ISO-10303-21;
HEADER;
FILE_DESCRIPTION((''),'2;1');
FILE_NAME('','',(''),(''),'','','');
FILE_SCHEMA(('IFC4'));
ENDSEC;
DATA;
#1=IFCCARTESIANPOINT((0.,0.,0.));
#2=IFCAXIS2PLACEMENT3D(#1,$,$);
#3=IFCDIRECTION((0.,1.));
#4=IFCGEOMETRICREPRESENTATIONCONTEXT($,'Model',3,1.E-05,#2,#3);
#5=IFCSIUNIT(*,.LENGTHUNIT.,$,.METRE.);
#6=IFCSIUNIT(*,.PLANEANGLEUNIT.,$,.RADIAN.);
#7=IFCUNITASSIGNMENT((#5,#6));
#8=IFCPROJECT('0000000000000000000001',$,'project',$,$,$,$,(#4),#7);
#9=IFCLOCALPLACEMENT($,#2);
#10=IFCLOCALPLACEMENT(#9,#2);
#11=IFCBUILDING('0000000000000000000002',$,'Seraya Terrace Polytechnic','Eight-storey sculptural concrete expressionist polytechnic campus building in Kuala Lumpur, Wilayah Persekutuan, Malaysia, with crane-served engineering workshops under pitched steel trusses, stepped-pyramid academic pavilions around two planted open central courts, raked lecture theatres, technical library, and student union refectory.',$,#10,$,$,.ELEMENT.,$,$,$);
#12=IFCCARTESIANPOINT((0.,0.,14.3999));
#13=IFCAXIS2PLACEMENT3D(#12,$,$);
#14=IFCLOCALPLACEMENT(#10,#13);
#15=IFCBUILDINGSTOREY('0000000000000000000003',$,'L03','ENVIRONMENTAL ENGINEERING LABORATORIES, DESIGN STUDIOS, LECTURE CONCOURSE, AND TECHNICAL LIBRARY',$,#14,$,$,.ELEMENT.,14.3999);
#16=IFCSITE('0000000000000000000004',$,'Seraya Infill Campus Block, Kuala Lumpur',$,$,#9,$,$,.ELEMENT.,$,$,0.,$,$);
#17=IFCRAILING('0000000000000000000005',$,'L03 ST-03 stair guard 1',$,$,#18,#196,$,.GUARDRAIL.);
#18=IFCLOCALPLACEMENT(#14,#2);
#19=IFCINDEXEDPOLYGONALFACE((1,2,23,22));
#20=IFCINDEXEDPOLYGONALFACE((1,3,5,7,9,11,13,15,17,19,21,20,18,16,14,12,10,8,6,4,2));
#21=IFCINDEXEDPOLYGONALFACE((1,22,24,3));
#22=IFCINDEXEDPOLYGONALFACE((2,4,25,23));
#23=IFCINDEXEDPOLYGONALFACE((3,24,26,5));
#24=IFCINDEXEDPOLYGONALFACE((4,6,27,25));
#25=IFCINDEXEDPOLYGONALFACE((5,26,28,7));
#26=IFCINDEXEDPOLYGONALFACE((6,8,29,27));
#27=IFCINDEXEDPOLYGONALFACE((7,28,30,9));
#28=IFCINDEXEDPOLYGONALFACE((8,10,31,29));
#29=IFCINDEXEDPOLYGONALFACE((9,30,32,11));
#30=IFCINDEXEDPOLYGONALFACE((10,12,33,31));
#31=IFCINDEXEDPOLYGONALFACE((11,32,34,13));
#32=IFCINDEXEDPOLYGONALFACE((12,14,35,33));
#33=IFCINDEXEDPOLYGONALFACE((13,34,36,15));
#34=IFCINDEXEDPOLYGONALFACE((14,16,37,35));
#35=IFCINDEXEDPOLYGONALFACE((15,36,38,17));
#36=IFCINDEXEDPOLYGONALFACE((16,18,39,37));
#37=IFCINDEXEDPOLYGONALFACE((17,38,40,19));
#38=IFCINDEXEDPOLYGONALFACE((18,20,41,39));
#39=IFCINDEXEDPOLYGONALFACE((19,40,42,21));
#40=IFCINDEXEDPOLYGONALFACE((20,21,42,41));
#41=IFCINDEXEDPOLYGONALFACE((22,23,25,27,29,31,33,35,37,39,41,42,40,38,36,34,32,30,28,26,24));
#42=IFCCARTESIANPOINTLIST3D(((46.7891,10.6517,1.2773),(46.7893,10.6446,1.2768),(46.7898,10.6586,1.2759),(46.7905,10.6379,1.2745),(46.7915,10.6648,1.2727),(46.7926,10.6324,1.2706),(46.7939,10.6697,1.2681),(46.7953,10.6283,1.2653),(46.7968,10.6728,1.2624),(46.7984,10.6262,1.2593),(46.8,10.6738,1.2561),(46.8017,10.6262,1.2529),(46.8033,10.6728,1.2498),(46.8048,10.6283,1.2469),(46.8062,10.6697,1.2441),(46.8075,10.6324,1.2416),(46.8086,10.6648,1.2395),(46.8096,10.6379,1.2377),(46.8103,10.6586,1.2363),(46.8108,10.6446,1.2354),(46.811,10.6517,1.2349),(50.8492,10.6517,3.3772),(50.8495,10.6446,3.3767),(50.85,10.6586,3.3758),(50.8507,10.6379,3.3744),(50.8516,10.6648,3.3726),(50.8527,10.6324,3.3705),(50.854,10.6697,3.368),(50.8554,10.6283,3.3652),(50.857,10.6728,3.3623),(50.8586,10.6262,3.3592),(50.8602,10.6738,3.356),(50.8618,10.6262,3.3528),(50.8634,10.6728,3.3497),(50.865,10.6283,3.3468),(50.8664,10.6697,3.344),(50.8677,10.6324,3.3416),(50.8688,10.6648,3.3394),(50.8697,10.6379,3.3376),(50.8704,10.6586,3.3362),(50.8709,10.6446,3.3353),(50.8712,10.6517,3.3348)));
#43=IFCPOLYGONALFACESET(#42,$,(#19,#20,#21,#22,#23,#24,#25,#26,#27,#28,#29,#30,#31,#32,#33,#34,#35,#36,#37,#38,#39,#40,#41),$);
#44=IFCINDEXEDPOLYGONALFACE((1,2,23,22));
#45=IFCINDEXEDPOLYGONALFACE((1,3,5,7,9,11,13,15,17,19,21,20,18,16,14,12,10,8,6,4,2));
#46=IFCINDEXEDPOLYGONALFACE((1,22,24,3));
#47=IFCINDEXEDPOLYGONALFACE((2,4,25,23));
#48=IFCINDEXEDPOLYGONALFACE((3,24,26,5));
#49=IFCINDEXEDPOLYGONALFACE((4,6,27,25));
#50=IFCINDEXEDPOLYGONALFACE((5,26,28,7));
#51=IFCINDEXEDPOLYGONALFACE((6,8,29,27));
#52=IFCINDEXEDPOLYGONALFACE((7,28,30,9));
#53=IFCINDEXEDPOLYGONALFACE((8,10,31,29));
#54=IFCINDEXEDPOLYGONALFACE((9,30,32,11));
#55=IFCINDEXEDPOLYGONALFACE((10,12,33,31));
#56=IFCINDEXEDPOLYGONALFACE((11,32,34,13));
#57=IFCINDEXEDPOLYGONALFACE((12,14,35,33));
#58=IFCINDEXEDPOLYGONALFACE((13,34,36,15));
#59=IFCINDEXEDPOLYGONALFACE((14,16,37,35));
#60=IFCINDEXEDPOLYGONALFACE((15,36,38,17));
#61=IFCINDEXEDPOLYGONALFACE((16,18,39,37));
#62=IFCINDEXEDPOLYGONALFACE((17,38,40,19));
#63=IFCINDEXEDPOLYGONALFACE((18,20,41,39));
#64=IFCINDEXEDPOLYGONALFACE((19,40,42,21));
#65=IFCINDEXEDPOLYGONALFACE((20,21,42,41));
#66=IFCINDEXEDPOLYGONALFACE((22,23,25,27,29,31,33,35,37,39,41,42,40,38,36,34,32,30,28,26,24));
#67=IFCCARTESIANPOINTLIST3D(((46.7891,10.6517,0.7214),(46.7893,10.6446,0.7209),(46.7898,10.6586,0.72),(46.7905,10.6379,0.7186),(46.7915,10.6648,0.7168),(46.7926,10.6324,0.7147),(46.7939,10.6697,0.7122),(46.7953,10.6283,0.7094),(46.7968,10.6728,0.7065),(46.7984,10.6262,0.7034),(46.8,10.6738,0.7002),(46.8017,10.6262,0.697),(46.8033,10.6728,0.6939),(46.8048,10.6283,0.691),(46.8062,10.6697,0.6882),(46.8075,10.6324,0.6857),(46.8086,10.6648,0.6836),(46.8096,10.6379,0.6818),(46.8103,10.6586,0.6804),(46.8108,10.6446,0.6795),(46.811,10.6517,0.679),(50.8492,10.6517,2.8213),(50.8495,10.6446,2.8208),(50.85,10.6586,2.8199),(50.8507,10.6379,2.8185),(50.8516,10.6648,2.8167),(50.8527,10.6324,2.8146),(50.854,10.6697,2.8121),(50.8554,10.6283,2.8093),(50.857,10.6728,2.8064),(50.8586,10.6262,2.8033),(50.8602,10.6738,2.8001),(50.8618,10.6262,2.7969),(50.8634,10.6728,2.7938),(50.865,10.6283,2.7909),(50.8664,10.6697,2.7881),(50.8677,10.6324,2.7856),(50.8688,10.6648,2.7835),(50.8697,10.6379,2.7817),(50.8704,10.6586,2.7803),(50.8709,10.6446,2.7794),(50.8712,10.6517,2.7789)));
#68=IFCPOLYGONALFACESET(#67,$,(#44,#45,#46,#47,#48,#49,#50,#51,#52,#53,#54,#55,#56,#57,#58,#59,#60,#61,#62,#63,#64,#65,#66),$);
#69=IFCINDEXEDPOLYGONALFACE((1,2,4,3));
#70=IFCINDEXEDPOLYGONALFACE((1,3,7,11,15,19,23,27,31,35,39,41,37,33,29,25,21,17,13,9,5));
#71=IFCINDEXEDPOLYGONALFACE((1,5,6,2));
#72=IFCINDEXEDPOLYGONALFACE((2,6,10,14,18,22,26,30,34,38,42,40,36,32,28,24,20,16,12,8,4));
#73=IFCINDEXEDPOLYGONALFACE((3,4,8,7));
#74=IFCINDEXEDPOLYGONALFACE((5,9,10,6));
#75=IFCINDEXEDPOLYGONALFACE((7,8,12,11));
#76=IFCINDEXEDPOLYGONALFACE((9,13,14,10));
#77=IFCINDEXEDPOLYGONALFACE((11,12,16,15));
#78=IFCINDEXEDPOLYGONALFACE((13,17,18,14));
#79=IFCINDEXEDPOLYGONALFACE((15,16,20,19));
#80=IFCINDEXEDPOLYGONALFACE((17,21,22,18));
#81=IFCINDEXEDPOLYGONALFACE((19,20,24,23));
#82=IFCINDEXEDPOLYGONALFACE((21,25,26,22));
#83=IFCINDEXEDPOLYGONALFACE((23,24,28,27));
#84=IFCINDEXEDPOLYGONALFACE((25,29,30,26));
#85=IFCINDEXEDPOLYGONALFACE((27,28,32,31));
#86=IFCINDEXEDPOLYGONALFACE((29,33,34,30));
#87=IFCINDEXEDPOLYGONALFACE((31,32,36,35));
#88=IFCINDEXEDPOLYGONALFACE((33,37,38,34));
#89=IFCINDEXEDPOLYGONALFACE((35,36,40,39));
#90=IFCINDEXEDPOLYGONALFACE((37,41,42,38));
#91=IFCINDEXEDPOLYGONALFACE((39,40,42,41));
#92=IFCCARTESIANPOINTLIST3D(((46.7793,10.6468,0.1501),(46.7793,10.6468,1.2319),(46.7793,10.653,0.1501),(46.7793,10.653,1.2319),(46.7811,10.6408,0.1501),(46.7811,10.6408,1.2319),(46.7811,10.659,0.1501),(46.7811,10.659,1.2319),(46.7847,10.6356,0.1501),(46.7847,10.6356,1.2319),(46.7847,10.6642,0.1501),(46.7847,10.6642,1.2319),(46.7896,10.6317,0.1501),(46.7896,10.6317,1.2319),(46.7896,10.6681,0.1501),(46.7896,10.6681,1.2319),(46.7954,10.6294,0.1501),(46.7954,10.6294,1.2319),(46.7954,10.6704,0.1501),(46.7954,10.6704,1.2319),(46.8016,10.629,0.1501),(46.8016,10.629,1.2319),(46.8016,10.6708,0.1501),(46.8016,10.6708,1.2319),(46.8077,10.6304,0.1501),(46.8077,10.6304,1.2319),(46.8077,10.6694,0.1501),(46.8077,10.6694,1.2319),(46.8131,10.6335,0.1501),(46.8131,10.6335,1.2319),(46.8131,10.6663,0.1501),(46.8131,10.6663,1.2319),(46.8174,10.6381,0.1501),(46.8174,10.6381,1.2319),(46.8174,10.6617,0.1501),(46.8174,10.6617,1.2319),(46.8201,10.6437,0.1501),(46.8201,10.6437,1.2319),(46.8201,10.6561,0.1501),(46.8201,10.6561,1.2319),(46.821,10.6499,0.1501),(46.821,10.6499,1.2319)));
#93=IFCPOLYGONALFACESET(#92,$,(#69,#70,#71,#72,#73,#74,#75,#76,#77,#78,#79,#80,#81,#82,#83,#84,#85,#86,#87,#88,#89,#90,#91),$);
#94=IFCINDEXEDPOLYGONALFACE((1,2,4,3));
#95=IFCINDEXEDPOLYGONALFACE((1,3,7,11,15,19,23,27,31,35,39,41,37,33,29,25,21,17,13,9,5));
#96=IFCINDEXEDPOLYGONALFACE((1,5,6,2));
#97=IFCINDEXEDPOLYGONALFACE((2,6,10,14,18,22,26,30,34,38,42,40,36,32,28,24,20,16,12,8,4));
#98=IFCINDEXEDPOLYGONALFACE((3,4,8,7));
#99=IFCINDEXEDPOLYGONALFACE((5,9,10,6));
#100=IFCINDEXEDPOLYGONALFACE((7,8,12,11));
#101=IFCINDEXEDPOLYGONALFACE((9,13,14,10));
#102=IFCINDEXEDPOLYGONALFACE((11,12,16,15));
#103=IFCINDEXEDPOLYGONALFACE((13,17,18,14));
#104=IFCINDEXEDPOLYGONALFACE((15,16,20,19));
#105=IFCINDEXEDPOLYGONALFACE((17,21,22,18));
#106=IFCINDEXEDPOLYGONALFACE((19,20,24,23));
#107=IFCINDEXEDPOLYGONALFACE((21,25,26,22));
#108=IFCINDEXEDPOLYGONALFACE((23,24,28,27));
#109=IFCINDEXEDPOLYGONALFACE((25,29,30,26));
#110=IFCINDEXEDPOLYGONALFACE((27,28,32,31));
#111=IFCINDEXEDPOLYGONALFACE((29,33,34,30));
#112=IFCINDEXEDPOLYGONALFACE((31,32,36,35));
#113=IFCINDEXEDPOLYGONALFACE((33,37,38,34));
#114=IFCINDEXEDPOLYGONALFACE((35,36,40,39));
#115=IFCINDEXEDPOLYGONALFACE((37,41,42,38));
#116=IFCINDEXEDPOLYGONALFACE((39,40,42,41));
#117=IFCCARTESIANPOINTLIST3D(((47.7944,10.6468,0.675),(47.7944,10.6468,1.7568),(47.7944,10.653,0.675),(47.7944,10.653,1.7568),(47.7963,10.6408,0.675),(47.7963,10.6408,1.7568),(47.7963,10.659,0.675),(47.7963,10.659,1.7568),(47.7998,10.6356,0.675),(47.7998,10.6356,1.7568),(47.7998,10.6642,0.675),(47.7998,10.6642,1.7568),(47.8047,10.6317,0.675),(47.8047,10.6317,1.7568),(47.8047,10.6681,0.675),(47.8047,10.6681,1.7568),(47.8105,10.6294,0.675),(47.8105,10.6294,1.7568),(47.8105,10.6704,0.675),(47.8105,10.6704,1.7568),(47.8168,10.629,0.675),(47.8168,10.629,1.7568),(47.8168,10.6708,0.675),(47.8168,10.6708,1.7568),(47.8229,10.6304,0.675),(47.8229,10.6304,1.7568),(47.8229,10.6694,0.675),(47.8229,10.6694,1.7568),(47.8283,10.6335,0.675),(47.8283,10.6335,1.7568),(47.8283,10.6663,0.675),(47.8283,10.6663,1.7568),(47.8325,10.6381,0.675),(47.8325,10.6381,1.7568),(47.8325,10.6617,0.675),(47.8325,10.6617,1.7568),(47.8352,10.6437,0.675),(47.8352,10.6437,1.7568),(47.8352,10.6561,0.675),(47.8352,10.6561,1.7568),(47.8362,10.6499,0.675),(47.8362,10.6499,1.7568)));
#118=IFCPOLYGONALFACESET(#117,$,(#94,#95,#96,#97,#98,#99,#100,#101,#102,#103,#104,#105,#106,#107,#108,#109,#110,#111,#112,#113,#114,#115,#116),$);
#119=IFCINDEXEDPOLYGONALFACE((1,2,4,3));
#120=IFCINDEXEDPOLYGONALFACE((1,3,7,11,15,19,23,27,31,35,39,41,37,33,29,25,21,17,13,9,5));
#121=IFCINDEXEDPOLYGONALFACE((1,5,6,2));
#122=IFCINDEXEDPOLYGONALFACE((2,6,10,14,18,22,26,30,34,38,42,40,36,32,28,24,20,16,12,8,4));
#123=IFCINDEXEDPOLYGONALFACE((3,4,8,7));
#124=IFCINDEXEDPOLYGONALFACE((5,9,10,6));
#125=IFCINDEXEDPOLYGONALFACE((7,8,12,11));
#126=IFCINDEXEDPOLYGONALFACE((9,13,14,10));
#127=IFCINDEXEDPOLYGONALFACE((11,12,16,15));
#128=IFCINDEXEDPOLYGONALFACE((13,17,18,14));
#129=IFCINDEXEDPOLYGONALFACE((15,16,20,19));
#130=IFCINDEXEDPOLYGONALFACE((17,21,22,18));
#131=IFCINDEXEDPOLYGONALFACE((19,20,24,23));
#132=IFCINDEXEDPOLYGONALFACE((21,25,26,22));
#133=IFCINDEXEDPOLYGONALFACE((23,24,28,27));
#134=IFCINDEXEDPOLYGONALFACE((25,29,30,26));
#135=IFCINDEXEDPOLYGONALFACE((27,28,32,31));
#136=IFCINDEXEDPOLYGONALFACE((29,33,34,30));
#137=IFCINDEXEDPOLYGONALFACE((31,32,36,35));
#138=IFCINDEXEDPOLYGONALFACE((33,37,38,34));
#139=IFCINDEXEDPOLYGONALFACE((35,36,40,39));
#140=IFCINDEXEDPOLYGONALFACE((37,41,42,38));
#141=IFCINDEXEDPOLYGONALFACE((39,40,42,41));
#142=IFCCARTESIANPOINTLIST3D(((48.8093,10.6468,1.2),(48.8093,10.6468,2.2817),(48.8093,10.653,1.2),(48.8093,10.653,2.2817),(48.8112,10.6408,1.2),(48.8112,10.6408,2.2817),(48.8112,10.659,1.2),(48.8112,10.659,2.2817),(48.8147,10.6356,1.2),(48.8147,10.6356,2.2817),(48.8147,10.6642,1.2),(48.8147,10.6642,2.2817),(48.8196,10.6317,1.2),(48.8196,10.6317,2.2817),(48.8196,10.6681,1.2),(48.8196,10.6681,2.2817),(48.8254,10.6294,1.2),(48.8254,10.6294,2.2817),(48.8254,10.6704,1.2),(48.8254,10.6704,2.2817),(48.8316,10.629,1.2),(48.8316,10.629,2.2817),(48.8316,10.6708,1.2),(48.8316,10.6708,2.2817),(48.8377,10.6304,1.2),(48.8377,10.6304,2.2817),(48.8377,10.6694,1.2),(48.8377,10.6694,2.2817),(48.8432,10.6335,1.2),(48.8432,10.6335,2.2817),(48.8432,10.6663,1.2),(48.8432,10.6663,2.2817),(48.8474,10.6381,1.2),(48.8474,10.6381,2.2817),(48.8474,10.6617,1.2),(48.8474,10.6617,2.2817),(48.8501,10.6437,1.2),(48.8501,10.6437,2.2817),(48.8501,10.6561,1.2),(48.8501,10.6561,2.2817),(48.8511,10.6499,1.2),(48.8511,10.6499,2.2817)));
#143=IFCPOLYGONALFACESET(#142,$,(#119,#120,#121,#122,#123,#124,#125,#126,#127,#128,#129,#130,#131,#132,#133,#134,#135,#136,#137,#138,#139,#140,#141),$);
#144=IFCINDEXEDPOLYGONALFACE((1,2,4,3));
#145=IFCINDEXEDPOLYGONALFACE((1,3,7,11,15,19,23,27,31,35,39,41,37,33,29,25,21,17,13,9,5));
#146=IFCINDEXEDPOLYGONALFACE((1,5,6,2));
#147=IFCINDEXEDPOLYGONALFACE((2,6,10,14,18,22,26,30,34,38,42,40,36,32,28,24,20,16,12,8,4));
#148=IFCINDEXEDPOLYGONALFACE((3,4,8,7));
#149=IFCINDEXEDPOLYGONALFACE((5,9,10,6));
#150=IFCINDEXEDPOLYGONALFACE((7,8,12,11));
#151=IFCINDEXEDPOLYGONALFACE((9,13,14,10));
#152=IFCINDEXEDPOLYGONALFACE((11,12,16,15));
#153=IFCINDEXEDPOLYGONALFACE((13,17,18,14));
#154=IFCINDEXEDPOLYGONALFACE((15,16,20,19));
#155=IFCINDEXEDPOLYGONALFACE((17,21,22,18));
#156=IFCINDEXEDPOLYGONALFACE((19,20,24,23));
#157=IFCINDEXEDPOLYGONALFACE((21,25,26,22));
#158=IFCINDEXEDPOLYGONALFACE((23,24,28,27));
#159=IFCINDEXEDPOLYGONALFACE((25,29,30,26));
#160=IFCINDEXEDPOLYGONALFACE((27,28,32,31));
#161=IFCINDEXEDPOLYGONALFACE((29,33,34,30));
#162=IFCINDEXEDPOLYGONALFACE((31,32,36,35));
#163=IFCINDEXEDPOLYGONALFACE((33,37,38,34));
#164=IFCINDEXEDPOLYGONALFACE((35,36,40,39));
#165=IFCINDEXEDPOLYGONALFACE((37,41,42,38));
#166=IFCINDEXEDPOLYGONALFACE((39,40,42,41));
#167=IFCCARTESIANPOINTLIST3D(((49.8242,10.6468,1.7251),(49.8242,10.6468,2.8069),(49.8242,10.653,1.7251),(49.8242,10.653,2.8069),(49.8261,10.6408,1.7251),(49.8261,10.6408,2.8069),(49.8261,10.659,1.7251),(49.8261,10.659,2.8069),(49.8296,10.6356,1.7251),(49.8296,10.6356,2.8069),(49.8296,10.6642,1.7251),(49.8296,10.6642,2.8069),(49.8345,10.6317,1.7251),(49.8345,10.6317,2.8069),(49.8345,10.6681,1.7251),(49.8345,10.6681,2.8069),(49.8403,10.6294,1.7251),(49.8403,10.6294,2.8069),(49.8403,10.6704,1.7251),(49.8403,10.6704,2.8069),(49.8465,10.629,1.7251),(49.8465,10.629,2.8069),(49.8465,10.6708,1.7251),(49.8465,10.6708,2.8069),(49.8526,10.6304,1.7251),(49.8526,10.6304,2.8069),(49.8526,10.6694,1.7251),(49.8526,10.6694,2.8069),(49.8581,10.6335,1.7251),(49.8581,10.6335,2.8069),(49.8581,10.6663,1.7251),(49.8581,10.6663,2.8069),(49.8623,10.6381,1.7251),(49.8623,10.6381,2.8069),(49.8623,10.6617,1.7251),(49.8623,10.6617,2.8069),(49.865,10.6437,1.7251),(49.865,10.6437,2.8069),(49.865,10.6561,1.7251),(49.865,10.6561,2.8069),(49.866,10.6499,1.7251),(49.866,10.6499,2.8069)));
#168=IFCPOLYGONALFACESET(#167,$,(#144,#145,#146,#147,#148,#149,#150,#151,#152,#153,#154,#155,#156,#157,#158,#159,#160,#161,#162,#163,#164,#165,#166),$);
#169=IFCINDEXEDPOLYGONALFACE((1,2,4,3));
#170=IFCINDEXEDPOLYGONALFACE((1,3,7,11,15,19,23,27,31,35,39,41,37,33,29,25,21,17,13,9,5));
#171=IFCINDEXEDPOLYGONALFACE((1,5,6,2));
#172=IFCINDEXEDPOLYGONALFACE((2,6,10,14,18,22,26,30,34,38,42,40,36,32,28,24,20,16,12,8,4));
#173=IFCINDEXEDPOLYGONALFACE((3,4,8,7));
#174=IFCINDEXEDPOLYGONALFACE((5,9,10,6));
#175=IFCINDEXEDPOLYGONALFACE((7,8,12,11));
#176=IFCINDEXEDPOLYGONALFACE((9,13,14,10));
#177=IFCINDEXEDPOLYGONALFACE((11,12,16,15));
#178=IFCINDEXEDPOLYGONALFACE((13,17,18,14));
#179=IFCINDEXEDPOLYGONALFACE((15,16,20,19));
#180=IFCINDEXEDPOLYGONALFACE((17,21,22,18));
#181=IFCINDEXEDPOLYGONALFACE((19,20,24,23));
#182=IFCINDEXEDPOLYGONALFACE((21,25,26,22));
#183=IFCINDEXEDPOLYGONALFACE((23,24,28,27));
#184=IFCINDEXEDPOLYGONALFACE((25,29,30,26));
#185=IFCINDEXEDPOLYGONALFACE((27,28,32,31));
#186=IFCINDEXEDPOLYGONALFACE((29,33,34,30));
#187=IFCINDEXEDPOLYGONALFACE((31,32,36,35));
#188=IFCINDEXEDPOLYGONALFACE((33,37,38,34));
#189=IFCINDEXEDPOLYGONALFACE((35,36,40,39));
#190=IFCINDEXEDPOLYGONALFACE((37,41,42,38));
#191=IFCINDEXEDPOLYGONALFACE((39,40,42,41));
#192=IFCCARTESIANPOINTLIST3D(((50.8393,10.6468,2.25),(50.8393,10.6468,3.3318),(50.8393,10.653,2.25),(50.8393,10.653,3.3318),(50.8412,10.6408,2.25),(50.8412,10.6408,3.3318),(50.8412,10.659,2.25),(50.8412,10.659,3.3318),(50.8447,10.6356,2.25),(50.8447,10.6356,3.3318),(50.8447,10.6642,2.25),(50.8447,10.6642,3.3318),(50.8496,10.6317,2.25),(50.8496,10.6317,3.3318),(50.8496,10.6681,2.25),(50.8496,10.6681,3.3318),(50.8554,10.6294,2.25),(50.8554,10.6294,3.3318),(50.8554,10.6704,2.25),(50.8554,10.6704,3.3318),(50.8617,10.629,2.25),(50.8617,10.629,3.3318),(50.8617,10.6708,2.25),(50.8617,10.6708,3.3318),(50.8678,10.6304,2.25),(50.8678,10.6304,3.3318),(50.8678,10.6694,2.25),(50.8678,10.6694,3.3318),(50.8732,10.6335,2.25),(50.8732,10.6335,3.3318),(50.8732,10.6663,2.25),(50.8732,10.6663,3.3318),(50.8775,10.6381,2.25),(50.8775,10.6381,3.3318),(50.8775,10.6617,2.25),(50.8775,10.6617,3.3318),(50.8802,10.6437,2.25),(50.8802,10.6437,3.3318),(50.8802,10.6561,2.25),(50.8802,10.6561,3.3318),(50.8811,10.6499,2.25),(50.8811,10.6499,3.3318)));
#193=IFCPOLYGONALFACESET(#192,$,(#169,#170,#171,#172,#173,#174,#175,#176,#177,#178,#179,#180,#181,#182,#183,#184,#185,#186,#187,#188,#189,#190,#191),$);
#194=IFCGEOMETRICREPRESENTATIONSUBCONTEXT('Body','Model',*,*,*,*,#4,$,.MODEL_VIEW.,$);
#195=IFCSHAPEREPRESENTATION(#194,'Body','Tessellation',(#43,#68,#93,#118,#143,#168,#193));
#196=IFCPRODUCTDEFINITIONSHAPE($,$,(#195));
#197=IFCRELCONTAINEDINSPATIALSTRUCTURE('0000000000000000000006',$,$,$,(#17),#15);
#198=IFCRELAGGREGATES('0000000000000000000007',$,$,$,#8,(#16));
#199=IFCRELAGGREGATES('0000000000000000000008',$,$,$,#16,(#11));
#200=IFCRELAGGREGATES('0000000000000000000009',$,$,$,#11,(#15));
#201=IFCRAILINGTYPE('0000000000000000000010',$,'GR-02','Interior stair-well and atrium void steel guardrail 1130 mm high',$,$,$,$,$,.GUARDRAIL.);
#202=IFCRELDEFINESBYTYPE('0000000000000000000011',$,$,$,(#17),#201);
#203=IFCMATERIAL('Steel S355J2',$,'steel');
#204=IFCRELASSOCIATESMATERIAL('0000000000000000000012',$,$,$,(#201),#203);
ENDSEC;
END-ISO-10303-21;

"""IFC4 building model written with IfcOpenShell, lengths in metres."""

from ifc_helpers import new_model, si_unit, direction, frame, origin, origin_2d, place, context, subcontext, project, spatial, circle, extrude, material, type_object, element, save


model = new_model("IFC4")

# Units and contexts
model_context = context("Model", 3, precision=1e-05, world=origin(), true_north=direction((0.0, 1.0)))
body_context = subcontext(model_context, "Body", "Model", "MODEL_VIEW")
ifc_project = project(units=[si_unit("LENGTHUNIT", "METRE"), si_unit("PLANEANGLEUNIT", "RADIAN")], contexts=[model_context])

# Site, building, storey
site_placement = place(None, origin())
site = spatial("IfcSite", under=ifc_project, at=site_placement, Name="Seraya Infill Campus Block, Kuala Lumpur", CompositionType="ELEMENT", RefElevation=0.0)
building_placement = place(site_placement, origin())
building = spatial("IfcBuilding", under=site, at=building_placement, Name="Seraya Terrace Polytechnic", Description="Eight-storey sculptural concrete expressionist polytechnic campus building in Kuala Lumpur, Wilayah Persekutuan, Malaysia, with crane-served engineering workshops under pitched steel trusses, stepped-pyramid academic pavilions around two planted open central courts, raked lecture theatres, technical library, and student union refectory.", CompositionType="ELEMENT")
storey_placement = place(building_placement, frame((0.0, 0.0, 14.3999)))
storey = spatial("IfcBuildingStorey", under=building, at=storey_placement, Name="L03", Description="ENVIRONMENTAL ENGINEERING LABORATORIES, DESIGN STUDIOS, LECTURE CONCOURSE, AND TECHNICAL LIBRARY", CompositionType="ELEMENT", Elevation=14.3999)

# Shared definitions
ifc_material_1 = material(Name="Steel S355J2", Category="steel")

# Railing
railing_type_1 = type_object("IfcRailingType", Name="GR-02", Description="Interior stair-well and atrium void steel guardrail 1130 mm high", PredefinedType="GUARDRAIL", material=ifc_material_1)
railing_1_placement = place(storey_placement, frame((46.8, 10.6499, 0.1501)))
element("IfcRailing", 1, at=railing_1_placement, inside=storey, type_object=railing_type_1, Name="L03 ST-03 stair guard 1", PredefinedType="GUARDRAIL", context=body_context, shape_type="SweptSolid", body=[
    extrude(circle(Radius=0.0239, at=origin_2d()), frame((0.0, 0.0, 1.106), z_axis=(0.888233, 0.0, 0.459392), x_axis=(0.0, 1.0, 0.0)), (0.0, 0.0, 1.0), 4.571),
    extrude(circle(Radius=0.0239, at=origin_2d()), frame((0.0, 0.0, 0.55), z_axis=(0.888233, 0.0, 0.459392), x_axis=(0.0, 1.0, 0.0)), (0.0, 0.0, 1.0), 4.571),
    extrude(circle(Radius=0.021, at=origin_2d()), origin(), (0.0, 0.0, 1.0), 1.0818),
    extrude(circle(Radius=0.021, at=origin_2d()), frame((1.0151, 0.0, 0.5249)), (0.0, 0.0, 1.0), 1.0818),
    extrude(circle(Radius=0.021, at=origin_2d()), frame((2.03, 0.0, 1.0498)), (0.0, 0.0, 1.0), 1.0818),
    extrude(circle(Radius=0.021, at=origin_2d()), frame((3.0449, 0.0, 1.575)), (0.0, 0.0, 1.0), 1.0818),
    extrude(circle(Radius=0.021, at=origin_2d()), frame((4.0601, 0.0, 2.0999)), (0.0, 0.0, 1.0), 1.0818),
])

save(model, "model.ifc")
